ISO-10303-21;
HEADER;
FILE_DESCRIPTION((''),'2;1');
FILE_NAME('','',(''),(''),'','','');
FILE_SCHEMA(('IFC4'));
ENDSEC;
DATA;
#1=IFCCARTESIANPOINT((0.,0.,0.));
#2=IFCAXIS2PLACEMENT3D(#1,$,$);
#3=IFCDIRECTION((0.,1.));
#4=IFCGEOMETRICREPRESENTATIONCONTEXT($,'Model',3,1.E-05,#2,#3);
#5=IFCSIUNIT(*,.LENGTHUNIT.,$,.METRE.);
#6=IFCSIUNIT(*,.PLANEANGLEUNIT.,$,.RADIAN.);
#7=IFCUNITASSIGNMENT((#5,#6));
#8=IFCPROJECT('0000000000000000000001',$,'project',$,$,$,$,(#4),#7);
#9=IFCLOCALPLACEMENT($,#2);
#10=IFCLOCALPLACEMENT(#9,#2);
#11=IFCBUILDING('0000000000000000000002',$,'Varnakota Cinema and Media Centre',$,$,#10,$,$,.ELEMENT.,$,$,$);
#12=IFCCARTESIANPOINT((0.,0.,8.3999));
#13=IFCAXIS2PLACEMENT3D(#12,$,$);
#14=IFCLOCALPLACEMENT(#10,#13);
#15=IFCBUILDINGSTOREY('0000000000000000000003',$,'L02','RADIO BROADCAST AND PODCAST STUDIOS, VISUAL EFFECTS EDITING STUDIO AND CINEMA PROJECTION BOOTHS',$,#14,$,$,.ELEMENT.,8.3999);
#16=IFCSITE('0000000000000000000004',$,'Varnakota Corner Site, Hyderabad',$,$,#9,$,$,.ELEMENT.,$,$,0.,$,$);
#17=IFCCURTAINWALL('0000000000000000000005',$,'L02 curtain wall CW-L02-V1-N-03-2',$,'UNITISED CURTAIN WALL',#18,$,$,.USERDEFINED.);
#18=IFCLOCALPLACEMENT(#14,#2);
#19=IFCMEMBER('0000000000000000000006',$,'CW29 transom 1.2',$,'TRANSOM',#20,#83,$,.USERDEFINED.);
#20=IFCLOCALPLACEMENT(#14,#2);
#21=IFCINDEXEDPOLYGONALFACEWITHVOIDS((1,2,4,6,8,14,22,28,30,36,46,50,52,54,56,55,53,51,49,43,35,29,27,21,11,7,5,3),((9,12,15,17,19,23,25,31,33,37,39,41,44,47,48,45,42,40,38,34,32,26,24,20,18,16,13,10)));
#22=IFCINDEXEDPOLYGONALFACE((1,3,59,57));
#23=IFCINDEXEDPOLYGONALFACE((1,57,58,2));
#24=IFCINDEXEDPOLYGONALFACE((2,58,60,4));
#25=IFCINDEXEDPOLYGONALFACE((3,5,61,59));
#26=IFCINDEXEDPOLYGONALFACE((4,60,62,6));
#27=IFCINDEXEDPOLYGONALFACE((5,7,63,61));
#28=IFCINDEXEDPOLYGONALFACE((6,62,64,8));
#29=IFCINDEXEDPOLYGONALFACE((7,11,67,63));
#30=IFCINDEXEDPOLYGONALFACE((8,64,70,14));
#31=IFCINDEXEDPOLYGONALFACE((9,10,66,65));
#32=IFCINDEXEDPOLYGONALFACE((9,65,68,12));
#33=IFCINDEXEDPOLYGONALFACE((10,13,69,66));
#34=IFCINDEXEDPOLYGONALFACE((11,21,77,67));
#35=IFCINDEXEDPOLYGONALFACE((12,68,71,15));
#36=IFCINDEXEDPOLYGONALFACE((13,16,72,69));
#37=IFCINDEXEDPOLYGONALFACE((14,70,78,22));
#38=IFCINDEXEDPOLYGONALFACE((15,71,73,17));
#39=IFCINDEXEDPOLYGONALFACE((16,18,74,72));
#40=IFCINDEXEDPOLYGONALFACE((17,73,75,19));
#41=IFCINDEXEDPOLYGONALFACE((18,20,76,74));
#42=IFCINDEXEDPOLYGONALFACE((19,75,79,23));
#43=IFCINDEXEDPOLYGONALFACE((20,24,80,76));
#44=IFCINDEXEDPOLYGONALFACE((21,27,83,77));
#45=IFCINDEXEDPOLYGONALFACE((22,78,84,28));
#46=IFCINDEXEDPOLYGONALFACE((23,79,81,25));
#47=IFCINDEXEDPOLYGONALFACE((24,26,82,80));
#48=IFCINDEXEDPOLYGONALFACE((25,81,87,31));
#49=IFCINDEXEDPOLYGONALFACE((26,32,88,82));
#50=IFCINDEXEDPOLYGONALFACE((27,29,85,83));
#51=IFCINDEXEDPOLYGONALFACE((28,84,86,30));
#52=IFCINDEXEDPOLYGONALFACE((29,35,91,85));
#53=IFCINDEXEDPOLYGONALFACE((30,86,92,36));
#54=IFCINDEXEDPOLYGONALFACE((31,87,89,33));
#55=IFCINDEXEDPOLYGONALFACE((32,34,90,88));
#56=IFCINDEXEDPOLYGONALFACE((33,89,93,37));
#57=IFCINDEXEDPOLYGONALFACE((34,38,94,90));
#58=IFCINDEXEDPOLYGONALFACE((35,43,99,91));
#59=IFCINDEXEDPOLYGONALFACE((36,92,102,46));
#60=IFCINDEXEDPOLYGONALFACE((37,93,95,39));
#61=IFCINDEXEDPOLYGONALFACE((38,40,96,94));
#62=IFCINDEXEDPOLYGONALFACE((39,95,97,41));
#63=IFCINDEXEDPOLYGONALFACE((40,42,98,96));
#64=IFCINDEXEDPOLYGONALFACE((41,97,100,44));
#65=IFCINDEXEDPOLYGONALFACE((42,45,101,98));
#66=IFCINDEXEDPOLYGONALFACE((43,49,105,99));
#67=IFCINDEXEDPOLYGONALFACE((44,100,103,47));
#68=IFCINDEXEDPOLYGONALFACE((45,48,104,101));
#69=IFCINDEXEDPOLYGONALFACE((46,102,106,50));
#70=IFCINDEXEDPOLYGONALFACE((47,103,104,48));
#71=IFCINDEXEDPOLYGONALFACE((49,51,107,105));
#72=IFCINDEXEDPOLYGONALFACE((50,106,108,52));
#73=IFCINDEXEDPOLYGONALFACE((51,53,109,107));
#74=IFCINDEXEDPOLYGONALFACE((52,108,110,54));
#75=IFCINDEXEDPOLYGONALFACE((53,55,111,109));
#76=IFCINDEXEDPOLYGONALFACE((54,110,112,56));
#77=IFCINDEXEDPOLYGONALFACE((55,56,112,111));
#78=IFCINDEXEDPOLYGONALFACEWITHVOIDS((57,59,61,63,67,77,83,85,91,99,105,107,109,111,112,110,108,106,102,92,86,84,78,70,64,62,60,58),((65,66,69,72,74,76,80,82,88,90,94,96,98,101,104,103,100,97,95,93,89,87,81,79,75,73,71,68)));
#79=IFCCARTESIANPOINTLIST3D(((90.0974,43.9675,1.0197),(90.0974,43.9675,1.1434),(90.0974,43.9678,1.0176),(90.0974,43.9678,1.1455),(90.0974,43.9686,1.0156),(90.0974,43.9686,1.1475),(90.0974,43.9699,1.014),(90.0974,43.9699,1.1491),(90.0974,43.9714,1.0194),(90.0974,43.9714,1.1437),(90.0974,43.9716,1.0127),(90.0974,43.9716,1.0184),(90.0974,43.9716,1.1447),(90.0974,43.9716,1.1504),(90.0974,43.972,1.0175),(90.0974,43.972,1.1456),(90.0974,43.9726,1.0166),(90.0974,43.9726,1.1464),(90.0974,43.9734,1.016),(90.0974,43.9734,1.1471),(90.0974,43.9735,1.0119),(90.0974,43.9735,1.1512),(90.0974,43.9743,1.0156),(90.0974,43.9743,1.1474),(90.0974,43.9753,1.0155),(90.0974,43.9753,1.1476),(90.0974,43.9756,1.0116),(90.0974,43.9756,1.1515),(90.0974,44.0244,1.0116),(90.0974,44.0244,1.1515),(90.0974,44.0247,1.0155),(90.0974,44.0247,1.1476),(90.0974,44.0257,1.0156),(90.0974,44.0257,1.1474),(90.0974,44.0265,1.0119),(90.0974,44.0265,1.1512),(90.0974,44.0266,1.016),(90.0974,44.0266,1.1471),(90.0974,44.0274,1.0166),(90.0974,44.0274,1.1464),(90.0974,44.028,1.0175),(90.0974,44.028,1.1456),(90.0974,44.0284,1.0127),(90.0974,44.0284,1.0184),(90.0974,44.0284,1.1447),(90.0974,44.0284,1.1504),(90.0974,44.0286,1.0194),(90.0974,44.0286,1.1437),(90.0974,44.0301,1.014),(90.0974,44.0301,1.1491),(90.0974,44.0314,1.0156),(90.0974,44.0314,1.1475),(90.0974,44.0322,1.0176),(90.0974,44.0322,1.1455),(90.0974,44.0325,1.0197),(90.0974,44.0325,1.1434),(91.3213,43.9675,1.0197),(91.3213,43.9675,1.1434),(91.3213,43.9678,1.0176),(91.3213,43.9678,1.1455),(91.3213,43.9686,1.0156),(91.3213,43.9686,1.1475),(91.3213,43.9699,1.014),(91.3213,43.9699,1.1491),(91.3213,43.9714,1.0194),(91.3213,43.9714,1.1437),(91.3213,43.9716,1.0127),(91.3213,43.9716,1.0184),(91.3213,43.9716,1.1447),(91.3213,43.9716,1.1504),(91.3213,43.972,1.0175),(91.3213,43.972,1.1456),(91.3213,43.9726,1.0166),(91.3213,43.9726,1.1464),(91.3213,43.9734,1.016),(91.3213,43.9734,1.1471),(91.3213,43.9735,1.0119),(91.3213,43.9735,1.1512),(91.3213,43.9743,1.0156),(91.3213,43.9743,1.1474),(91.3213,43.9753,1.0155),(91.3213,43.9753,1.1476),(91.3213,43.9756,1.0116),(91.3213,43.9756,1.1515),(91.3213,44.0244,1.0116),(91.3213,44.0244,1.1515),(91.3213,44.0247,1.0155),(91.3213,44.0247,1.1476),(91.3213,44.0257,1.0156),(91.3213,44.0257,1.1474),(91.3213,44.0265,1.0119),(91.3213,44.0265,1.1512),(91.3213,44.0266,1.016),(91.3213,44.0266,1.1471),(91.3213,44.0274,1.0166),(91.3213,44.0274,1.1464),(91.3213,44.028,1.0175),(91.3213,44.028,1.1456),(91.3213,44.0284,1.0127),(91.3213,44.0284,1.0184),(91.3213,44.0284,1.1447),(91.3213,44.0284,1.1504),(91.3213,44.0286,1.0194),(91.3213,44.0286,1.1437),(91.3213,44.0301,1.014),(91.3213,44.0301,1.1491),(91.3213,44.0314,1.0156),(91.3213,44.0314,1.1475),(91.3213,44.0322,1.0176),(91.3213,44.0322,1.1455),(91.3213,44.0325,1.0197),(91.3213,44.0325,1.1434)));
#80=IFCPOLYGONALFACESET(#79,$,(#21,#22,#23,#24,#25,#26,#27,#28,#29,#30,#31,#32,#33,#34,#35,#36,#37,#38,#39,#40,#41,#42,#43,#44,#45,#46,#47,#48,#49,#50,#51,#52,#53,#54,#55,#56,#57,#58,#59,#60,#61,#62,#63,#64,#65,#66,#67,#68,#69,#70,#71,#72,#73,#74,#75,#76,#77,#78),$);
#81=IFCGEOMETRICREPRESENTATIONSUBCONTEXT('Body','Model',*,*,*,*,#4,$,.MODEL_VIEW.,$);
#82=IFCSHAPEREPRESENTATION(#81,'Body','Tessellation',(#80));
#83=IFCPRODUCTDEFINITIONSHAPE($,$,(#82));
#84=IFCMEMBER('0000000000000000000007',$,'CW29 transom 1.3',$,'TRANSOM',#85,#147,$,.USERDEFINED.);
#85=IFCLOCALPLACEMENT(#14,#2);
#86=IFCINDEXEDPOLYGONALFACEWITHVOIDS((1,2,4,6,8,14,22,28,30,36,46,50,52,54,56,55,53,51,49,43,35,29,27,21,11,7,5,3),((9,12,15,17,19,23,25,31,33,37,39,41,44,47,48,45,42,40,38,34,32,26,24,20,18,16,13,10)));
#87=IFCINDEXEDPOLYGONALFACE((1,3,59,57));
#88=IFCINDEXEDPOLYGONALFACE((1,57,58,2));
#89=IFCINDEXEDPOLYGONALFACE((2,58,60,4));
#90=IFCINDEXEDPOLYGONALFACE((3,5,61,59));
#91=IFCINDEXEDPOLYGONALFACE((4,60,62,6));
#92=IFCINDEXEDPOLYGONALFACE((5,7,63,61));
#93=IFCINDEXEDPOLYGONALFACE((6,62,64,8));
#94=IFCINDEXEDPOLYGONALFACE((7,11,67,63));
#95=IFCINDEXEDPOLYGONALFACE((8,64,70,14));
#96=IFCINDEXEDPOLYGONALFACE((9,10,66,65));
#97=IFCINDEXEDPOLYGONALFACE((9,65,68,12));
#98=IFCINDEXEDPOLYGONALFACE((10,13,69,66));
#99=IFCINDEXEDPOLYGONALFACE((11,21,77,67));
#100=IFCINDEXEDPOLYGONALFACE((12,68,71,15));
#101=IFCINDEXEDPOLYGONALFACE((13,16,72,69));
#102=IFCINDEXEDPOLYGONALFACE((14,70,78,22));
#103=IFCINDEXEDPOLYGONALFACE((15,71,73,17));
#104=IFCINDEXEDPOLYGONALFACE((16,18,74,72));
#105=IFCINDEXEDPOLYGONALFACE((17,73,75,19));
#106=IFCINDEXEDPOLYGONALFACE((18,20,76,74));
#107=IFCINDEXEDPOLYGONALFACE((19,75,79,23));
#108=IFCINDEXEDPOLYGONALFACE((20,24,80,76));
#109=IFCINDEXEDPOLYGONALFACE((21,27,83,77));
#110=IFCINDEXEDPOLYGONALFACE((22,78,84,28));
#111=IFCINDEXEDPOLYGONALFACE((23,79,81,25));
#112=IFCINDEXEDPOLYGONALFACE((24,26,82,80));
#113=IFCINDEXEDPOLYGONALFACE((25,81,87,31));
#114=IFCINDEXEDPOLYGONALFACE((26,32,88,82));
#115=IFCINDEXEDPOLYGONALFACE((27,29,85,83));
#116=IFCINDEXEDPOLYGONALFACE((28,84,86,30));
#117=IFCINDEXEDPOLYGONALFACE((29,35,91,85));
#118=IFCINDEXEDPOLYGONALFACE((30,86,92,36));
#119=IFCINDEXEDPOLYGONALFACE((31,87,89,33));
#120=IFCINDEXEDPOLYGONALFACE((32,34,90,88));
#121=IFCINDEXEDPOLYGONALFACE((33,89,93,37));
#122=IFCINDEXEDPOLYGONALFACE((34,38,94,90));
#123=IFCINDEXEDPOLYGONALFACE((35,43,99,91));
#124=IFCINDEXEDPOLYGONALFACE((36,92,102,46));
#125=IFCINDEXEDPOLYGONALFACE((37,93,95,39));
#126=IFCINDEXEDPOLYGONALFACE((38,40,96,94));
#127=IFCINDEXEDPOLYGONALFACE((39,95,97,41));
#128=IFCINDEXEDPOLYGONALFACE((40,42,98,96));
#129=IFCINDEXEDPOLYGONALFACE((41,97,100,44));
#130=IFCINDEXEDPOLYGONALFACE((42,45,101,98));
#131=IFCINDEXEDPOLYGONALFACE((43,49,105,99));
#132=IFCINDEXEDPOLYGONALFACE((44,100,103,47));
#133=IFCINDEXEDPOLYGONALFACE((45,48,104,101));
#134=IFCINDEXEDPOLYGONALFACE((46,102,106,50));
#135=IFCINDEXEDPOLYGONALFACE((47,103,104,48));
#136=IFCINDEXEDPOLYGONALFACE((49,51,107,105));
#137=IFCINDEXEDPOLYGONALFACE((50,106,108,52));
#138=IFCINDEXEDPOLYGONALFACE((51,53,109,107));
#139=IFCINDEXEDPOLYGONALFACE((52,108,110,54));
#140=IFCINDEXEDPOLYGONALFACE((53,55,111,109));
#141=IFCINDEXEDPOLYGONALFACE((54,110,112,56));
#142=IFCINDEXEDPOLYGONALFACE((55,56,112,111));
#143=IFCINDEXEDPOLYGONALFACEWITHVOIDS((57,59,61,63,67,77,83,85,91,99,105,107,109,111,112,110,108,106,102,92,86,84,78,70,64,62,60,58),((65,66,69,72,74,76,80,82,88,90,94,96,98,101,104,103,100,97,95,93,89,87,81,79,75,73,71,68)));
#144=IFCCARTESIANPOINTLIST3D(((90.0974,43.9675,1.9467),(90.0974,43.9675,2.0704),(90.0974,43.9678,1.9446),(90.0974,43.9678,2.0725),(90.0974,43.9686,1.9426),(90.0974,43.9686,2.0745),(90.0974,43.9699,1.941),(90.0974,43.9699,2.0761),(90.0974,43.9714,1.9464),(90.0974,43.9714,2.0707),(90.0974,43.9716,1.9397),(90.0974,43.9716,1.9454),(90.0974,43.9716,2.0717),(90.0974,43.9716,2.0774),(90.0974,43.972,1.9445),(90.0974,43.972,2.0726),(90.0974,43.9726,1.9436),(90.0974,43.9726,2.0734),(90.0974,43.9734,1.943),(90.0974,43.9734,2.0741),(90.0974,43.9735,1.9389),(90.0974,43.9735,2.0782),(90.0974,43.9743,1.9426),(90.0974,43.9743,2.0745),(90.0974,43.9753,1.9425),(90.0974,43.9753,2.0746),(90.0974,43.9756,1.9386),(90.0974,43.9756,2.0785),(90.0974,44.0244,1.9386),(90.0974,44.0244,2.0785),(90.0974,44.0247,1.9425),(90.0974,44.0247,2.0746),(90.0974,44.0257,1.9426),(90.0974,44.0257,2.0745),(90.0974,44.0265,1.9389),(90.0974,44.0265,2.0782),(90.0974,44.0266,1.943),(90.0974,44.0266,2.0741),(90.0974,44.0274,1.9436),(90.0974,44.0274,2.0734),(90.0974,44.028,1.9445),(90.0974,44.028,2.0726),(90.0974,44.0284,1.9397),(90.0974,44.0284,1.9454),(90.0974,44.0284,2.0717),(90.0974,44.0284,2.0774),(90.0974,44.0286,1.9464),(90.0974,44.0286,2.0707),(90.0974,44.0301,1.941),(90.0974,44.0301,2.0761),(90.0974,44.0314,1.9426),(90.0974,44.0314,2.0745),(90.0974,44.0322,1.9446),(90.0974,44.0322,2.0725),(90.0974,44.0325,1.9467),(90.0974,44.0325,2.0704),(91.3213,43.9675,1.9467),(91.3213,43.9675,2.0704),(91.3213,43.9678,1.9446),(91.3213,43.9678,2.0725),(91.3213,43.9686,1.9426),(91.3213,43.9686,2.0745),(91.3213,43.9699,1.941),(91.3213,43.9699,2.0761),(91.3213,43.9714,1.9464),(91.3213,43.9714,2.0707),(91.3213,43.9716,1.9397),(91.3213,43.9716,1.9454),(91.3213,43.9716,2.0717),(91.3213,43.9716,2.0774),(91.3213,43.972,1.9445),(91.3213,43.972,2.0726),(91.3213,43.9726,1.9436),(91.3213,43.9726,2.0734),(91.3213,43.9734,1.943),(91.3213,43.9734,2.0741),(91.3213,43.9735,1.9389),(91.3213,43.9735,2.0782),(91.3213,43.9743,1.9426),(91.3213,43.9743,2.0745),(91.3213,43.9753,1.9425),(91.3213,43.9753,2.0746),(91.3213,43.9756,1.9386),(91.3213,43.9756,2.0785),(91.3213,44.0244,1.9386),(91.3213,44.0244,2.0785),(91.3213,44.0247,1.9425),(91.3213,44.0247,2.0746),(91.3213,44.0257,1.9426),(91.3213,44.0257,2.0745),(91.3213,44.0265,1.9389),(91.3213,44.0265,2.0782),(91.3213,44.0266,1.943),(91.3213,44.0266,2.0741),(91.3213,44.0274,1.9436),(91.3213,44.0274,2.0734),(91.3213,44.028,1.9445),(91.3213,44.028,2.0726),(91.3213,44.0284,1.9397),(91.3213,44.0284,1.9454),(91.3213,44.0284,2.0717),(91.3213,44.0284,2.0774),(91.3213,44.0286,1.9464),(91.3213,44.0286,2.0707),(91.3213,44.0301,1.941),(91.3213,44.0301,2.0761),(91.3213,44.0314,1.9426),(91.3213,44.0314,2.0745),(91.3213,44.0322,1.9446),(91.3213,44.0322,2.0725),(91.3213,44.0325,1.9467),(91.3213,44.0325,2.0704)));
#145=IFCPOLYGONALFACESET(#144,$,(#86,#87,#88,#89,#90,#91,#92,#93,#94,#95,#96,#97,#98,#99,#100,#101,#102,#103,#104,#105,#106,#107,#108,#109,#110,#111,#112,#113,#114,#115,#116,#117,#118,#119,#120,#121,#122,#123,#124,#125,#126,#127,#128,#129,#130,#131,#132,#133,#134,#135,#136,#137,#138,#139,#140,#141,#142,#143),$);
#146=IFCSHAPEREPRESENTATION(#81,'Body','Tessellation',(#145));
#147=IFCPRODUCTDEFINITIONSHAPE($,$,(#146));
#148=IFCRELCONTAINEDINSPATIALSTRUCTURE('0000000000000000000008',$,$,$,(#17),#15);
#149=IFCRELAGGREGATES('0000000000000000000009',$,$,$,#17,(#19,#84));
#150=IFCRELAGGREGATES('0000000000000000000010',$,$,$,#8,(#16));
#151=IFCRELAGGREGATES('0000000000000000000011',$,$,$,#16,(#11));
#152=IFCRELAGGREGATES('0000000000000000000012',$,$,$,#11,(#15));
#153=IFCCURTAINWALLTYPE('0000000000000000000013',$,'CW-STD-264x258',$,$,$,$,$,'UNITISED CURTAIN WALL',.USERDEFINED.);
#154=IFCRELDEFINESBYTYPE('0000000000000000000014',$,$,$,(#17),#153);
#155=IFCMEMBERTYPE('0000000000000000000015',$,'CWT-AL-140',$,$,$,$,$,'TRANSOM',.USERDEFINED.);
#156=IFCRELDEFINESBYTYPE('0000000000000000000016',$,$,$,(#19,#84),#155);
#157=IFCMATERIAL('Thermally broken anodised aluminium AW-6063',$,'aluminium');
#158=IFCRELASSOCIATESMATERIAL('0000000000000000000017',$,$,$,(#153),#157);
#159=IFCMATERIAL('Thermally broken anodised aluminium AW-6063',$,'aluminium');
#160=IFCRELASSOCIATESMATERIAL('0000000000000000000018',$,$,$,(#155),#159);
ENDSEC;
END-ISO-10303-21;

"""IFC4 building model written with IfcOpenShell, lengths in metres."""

from ifc_helpers import new_model, si_unit, direction, frame, origin, origin_2d, place, context, subcontext, project, spatial, hollow_rectangle, extrude, material, material_profile, profile_set, type_object, element, aggregate, save


model = new_model("IFC4")

# Units and contexts
model_context = context("Model", 3, precision=1e-05, world=origin(), true_north=direction((0.0, 1.0)))
body_context = subcontext(model_context, "Body", "Model", "MODEL_VIEW")
ifc_project = project(units=[si_unit("LENGTHUNIT", "METRE"), si_unit("PLANEANGLEUNIT", "RADIAN")], contexts=[model_context])

# Site, building, storey
site_placement = place(None, origin())
site = spatial("IfcSite", under=ifc_project, at=site_placement, Name="Varnakota Corner Site, Hyderabad", CompositionType="ELEMENT", RefElevation=0.0)
building_placement = place(site_placement, origin())
building = spatial("IfcBuilding", under=site, at=building_placement, Name="Varnakota Cinema and Media Centre", CompositionType="ELEMENT")
storey_placement = place(building_placement, frame((0.0, 0.0, 8.3999)))
storey = spatial("IfcBuildingStorey", under=building, at=storey_placement, Name="L02", Description="RADIO BROADCAST AND PODCAST STUDIOS, VISUAL EFFECTS EDITING STUDIO AND CINEMA PROJECTION BOOTHS", CompositionType="ELEMENT", Elevation=8.3999)

# Curtain wall
ifc_material_1 = material(Name="Thermally broken anodised aluminium AW-6063", Category="aluminium")
curtain_wall_type = type_object("IfcCurtainWallType", Name="CW-STD-264x258", ElementType="UNITISED CURTAIN WALL", PredefinedType="USERDEFINED", material=ifc_material_1)
curtain_wall_1_placement = place(storey_placement, origin())
curtain_wall_1 = element("IfcCurtainWall", 1, at=curtain_wall_1_placement, inside=storey, type_object=curtain_wall_type, Name="L02 curtain wall CW-L02-V1-N-03-2", ObjectType="UNITISED CURTAIN WALL", PredefinedType="USERDEFINED")

# Members
ifc_material_2 = material(Name="Thermally broken anodised aluminium AW-6063", Category="aluminium")
ifc_material_profile_1 = material_profile(ifc_material_2, hollow_rectangle(XDim=0.0649, YDim=0.1399, WallThickness=0.0039, InnerFilletRadius=0.0039, OuterFilletRadius=0.0081, at=origin_2d()), Name="AL-TRANSOM 140x65x4")
ifc_profile_set_1 = profile_set([ifc_material_profile_1], Name="Thermally broken anodised aluminium AW-6063")
member_type_1 = type_object("IfcMemberType", Name="CWT-AL-140", ElementType="TRANSOM", PredefinedType="USERDEFINED", material=ifc_profile_set_1)
member_1_placement = place(storey_placement, frame((90.0974, 44.0, 1.0815), z_axis=(1.0, 0.0, 0.0), x_axis=(0.0, 1.0, 0.0)))
member_1 = element("IfcMember", 2, at=member_1_placement, type_object=member_type_1, Name="CW29 transom 1.2", ObjectType="TRANSOM", PredefinedType="USERDEFINED", context=body_context, shape_type="SweptSolid", body=[
    extrude(hollow_rectangle(XDim=0.0649, YDim=0.1399, WallThickness=0.0039, InnerFilletRadius=0.0039, OuterFilletRadius=0.0081, at=origin_2d()), origin(), (0.0, 0.0, 1.0), 1.2239),
])
member_2_placement = place(storey_placement, frame((90.0974, 44.0, 2.0085), z_axis=(1.0, 0.0, 0.0), x_axis=(0.0, 1.0, 0.0)))
member_2 = element("IfcMember", 3, at=member_2_placement, type_object=member_type_1, Name="CW29 transom 1.3", ObjectType="TRANSOM", PredefinedType="USERDEFINED", context=body_context, shape_type="SweptSolid", body=[
    extrude(hollow_rectangle(XDim=0.0649, YDim=0.1399, WallThickness=0.0039, InnerFilletRadius=0.0039, OuterFilletRadius=0.0081, at=origin_2d()), origin(), (0.0, 0.0, 1.0), 1.2239),
])

aggregate(curtain_wall_1, [member_1, member_2])

save(model, "model.ifc")
